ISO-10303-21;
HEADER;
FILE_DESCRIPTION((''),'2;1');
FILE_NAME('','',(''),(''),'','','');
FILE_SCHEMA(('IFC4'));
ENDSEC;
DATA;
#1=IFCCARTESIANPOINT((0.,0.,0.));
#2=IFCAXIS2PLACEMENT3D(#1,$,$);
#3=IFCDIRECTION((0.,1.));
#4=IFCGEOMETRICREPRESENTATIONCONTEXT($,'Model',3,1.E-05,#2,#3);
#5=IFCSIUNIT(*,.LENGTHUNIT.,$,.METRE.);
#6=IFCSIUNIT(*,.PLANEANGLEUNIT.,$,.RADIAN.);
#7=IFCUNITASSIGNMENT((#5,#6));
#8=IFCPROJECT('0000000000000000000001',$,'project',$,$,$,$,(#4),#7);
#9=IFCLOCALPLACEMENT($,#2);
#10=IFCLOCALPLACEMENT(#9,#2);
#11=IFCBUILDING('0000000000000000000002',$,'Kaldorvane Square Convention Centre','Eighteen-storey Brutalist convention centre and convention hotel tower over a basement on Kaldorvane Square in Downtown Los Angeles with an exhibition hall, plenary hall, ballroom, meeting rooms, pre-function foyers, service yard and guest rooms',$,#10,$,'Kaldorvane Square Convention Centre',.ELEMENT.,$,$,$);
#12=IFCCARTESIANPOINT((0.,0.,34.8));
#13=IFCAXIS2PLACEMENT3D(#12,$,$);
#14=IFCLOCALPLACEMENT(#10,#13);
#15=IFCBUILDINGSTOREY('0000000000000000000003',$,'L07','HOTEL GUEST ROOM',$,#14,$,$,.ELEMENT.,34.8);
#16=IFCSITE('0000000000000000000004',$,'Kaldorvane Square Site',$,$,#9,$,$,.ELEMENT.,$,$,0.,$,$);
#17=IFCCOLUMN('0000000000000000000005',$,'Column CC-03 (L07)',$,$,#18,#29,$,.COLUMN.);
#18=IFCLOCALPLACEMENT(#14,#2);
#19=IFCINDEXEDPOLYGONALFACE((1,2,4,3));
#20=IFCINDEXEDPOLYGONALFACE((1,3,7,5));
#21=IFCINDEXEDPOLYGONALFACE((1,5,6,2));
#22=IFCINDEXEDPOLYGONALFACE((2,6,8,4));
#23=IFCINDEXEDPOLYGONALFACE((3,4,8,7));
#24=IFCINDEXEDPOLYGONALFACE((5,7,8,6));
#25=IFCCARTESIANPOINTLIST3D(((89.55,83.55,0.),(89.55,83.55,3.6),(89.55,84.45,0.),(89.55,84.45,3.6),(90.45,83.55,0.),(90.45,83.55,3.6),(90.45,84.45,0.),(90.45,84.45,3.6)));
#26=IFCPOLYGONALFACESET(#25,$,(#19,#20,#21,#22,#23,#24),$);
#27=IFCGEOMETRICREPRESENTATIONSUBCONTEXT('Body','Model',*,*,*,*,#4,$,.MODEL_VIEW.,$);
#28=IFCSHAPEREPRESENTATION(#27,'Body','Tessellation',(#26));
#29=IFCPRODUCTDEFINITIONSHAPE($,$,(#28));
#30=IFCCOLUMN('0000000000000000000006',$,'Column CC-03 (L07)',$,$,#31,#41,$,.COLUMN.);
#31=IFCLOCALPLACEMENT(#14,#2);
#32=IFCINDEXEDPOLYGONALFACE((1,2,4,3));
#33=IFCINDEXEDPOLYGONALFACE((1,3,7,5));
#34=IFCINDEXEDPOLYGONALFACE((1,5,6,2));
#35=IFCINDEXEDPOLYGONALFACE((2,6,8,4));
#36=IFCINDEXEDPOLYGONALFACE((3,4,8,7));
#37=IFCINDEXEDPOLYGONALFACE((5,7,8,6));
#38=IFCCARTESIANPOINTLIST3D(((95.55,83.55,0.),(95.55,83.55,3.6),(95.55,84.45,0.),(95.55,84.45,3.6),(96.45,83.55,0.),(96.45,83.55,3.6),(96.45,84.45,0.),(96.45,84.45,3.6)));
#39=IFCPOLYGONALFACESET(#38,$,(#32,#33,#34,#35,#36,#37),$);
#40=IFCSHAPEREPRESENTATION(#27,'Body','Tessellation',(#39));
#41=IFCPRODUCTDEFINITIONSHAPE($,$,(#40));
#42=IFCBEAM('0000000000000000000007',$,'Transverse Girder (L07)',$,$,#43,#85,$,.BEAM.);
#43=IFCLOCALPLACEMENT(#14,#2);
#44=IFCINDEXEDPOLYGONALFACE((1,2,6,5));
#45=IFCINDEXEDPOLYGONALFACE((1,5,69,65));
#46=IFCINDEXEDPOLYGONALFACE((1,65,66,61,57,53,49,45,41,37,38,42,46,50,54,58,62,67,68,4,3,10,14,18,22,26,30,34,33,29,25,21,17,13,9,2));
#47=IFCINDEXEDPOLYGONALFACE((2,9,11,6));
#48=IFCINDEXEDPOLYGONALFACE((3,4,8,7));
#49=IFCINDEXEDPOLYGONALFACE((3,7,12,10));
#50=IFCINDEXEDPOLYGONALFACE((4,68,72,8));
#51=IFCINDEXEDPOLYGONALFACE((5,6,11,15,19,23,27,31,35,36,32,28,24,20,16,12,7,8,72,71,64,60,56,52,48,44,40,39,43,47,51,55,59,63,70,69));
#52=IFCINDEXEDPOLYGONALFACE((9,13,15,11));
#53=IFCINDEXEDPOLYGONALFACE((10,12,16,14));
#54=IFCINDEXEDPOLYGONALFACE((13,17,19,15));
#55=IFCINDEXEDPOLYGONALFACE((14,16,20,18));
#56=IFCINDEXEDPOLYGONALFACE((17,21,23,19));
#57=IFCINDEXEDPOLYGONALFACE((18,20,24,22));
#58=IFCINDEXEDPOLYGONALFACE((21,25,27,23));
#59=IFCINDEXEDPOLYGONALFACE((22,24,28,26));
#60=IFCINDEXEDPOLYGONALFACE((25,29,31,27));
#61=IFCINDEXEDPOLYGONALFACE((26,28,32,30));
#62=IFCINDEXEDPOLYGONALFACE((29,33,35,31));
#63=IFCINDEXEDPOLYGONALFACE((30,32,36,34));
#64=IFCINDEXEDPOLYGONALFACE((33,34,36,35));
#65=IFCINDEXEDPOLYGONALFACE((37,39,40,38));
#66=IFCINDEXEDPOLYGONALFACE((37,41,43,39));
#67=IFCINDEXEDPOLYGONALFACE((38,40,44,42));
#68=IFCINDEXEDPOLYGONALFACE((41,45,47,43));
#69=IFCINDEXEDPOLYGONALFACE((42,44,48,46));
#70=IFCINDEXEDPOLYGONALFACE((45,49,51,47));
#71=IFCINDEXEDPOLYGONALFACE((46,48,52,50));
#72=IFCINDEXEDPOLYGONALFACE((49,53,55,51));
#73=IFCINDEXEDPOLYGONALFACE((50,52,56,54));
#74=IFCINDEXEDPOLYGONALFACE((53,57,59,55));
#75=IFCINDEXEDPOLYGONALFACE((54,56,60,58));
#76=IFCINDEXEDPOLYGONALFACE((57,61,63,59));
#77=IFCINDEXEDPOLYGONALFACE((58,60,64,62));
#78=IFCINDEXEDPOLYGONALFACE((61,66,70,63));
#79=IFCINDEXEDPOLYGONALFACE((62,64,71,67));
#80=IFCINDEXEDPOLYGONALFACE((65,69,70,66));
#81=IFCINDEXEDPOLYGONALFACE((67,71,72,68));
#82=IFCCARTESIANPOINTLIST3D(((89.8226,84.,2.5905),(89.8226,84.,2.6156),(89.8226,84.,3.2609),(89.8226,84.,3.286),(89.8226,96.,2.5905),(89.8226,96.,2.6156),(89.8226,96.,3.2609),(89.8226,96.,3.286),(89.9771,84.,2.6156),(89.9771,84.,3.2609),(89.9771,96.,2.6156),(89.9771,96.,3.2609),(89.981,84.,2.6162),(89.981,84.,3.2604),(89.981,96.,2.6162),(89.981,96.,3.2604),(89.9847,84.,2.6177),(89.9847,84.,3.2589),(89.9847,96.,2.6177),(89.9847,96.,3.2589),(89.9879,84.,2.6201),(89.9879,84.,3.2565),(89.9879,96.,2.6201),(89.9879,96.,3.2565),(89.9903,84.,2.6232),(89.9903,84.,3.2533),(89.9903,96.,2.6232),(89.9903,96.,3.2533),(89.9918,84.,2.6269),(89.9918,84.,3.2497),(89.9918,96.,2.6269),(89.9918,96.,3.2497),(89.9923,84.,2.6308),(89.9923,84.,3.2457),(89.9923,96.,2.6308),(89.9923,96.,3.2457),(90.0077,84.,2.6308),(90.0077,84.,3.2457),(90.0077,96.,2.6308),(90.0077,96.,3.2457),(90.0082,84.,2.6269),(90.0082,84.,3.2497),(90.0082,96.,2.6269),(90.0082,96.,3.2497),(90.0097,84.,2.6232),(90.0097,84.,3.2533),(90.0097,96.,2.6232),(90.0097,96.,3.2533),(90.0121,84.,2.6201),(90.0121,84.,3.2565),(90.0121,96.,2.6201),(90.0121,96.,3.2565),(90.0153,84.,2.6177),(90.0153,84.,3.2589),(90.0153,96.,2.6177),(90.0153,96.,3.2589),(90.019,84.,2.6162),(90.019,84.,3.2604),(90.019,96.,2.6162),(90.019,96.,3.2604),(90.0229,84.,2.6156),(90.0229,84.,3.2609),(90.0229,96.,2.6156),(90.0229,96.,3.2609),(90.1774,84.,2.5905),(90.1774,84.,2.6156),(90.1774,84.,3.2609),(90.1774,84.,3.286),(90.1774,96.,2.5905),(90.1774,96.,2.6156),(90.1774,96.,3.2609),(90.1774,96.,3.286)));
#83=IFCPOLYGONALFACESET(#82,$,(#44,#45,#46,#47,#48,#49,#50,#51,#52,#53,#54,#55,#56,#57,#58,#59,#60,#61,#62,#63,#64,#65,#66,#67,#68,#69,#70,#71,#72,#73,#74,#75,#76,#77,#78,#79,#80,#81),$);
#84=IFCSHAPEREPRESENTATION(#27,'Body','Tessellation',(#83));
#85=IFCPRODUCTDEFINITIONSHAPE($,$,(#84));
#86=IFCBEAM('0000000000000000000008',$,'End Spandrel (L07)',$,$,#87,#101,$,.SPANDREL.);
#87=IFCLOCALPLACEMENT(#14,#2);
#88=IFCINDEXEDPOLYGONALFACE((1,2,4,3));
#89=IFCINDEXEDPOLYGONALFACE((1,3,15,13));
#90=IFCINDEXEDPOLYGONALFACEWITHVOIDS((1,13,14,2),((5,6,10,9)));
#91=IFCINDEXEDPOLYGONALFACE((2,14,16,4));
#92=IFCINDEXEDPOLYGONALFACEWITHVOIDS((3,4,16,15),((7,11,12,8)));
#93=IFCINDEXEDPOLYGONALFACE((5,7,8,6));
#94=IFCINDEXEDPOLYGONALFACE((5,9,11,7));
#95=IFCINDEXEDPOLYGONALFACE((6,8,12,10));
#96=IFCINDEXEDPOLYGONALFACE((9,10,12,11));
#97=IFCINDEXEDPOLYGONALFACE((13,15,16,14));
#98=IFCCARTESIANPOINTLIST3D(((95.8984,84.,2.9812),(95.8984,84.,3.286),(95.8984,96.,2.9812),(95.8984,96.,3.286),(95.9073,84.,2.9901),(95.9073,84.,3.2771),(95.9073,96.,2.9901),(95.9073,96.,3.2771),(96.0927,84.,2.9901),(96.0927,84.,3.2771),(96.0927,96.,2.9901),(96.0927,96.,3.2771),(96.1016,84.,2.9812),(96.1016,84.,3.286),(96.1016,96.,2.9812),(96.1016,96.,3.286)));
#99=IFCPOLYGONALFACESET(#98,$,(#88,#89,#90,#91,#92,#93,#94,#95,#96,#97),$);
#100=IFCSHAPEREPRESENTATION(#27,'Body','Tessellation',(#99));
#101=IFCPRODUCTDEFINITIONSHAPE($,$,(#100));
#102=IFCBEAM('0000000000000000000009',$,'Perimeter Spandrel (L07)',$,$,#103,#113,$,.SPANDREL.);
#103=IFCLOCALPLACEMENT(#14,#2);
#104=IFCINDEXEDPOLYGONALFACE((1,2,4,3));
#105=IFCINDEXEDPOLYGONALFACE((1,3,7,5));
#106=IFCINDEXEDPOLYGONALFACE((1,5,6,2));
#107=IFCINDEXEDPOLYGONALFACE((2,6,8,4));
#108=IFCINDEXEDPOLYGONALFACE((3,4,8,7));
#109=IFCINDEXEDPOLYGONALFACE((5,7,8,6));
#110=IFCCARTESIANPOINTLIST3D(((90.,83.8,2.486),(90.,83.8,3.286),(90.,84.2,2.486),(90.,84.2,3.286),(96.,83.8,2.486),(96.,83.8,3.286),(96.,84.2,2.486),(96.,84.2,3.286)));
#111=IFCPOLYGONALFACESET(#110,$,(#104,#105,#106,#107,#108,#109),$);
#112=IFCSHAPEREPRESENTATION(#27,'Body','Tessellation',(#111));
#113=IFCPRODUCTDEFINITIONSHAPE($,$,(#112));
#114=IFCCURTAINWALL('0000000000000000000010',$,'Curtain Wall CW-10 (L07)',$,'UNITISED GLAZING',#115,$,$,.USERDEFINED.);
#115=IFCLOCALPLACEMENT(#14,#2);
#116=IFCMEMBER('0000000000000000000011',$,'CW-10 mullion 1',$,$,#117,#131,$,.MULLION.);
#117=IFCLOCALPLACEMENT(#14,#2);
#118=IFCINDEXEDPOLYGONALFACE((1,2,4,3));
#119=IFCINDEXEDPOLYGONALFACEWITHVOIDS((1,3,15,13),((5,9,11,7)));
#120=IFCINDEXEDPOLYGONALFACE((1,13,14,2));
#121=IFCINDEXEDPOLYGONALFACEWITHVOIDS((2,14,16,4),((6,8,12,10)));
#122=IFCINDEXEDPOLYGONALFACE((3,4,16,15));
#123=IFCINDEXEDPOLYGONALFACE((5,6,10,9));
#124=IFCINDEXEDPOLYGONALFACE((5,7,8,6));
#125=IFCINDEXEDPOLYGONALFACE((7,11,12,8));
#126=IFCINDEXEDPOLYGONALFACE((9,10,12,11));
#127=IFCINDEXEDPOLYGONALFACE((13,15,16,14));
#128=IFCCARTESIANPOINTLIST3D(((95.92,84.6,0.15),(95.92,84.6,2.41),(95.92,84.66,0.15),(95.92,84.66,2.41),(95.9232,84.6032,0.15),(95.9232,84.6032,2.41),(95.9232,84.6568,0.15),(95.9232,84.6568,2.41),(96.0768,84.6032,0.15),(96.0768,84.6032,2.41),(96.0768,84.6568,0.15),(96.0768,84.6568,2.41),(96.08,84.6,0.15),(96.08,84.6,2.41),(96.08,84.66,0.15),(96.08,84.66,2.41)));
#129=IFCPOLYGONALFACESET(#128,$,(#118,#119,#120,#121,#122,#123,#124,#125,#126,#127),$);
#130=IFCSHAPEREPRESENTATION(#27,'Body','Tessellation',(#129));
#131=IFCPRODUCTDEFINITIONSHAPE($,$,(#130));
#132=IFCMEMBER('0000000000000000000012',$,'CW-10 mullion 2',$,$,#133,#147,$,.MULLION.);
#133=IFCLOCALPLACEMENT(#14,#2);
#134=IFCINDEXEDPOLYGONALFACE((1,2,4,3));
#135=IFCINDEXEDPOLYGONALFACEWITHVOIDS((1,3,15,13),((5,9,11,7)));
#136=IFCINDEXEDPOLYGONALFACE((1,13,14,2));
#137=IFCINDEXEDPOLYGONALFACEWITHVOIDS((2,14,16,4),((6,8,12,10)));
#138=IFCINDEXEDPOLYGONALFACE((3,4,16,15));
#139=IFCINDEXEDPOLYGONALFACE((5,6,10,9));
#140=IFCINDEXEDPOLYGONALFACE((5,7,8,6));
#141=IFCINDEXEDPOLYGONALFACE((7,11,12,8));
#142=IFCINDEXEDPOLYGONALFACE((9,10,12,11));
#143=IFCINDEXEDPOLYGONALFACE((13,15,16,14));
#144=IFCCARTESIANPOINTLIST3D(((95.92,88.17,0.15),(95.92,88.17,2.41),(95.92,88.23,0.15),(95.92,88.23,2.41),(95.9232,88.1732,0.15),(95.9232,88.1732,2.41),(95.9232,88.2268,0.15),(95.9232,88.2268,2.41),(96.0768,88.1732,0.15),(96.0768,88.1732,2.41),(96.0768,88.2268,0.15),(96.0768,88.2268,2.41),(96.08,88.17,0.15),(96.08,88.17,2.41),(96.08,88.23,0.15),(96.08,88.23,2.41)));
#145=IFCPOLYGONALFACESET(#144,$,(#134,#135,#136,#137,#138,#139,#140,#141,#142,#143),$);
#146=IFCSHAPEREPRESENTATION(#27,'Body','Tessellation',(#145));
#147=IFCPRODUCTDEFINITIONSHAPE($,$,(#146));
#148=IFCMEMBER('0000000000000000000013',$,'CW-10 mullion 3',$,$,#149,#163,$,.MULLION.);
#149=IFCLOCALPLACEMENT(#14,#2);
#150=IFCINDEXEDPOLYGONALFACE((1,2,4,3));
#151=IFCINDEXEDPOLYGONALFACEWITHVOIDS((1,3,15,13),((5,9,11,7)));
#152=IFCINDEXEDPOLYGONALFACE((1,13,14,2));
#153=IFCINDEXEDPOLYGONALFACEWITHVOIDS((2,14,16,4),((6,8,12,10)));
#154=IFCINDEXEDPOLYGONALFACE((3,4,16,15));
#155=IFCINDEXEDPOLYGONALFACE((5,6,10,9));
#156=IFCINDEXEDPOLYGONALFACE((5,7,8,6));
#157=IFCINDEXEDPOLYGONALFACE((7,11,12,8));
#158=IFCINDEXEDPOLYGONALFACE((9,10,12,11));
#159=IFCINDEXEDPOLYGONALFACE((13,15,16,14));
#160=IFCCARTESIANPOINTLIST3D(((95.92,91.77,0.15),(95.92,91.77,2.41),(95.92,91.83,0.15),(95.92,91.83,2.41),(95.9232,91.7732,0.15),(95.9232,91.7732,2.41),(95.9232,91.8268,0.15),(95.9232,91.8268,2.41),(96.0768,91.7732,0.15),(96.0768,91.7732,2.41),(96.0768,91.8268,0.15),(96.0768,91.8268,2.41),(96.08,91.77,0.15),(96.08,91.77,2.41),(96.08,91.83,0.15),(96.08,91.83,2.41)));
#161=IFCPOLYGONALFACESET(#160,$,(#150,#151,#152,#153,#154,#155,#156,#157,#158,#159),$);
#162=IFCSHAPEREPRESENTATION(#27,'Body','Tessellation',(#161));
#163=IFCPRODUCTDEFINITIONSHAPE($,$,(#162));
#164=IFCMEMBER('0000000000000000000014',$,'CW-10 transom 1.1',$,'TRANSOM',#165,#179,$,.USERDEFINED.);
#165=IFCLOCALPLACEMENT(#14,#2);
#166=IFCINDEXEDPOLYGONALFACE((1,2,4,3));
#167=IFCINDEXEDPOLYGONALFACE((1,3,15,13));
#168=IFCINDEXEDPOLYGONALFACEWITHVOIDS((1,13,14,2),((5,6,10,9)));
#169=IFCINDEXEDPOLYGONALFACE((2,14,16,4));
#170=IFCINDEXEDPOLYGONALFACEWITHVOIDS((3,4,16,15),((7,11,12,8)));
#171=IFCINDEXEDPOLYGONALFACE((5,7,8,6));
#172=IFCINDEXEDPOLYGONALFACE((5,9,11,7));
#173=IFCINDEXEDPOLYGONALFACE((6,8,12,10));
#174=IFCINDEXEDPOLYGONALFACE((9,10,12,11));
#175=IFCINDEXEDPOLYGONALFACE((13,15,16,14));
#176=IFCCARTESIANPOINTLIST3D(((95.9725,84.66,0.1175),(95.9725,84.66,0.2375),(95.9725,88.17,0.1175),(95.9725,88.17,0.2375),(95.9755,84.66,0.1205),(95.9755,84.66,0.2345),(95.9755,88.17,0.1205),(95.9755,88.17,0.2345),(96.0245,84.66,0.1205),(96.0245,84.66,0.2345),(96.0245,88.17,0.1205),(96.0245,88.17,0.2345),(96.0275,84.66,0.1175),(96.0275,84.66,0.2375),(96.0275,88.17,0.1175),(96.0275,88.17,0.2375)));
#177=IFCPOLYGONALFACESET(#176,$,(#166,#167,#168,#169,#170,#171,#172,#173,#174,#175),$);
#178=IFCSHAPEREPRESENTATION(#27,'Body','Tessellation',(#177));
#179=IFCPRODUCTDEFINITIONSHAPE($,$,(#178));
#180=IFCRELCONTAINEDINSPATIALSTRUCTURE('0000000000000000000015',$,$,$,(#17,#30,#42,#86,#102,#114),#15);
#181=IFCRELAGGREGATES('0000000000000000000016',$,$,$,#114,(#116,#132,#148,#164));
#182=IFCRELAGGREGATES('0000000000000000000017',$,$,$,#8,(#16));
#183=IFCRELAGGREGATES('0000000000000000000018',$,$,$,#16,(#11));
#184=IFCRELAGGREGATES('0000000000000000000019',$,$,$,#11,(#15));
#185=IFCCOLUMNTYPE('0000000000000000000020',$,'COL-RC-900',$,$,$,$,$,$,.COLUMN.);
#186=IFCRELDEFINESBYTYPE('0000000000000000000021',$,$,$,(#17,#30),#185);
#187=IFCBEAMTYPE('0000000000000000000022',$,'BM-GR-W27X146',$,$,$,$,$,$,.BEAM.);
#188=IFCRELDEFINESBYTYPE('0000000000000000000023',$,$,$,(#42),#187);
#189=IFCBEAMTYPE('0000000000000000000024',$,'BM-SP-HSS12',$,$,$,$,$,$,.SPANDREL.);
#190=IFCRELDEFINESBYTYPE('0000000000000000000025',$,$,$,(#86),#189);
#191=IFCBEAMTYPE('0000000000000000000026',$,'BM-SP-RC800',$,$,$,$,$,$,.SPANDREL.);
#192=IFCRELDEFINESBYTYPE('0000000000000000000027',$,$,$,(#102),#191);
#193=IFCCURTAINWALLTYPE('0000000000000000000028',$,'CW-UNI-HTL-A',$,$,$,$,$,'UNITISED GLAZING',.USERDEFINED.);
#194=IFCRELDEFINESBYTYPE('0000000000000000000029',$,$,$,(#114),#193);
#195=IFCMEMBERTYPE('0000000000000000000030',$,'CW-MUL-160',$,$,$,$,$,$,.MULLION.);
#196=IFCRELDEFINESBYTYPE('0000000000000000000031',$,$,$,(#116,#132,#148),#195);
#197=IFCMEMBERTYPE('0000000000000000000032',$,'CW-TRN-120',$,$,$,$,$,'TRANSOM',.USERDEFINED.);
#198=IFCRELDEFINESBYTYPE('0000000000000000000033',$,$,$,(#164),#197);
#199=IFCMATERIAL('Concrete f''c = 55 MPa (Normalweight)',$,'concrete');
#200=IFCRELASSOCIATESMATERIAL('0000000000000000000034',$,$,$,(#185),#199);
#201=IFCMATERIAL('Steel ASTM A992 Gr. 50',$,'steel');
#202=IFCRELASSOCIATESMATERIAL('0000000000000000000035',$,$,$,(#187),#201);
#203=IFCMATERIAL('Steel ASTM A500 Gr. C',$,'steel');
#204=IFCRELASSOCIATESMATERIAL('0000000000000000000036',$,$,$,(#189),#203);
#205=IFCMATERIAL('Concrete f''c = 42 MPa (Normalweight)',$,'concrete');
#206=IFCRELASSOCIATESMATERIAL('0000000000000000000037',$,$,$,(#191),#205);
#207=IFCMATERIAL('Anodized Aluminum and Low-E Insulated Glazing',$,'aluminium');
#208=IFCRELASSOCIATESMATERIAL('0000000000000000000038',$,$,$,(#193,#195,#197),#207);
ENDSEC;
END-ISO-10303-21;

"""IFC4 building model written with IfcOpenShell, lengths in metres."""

from ifc_helpers import new_model, si_unit, direction, frame, origin, origin_2d, place, context, subcontext, project, spatial, rectangle, hollow_rectangle, i_section, extrude, material, material_profile, profile_set, type_object, element, aggregate, save


model = new_model("IFC4")

# Units and contexts
model_context = context("Model", 3, precision=1e-05, world=origin(), true_north=direction((0.0, 1.0)))
body_context = subcontext(model_context, "Body", "Model", "MODEL_VIEW")
ifc_project = project(units=[si_unit("LENGTHUNIT", "METRE"), si_unit("PLANEANGLEUNIT", "RADIAN")], contexts=[model_context])

# Site, building, storey
site_placement = place(None, origin())
site = spatial("IfcSite", under=ifc_project, at=site_placement, Name="Kaldorvane Square Site", CompositionType="ELEMENT", RefElevation=0.0)
building_placement = place(site_placement, origin())
building = spatial("IfcBuilding", under=site, at=building_placement, Name="Kaldorvane Square Convention Centre", Description="Eighteen-storey Brutalist convention centre and convention hotel tower over a basement on Kaldorvane Square in Downtown Los Angeles with an exhibition hall, plenary hall, ballroom, meeting rooms, pre-function foyers, service yard and guest rooms", LongName="Kaldorvane Square Convention Centre", CompositionType="ELEMENT")
storey_placement = place(building_placement, frame((0.0, 0.0, 34.8)))
storey = spatial("IfcBuildingStorey", under=building, at=storey_placement, Name="L07", Description="HOTEL GUEST ROOM", CompositionType="ELEMENT", Elevation=34.8)

# Columns
ifc_material_1 = material(Name="Concrete f'c = 55 MPa (Normalweight)", Category="concrete")
ifc_material_profile_1 = material_profile(ifc_material_1, rectangle(XDim=0.9, YDim=0.9, at=origin_2d()), Name="RC900X900")
ifc_profile_set_1 = profile_set([ifc_material_profile_1], Name="Concrete f'c = 55 MPa (Normalweight)")
column_type = type_object("IfcColumnType", Name="COL-RC-900", PredefinedType="COLUMN", material=ifc_profile_set_1)
for number, where, z_axis, x_axis, name in (
    (1, (90.0, 84.0, 0.0), (0.0, 0.0, 1.0), (1.0, 0.0, 0.0), "Column CC-03 (L07)"),
    (2, (96.0, 84.0, 0.0), (0.0, 0.0, 1.0), (1.0, 0.0, 0.0), "Column CC-03 (L07)"),
):
    element("IfcColumn", number, at=place(storey_placement, frame(where, z_axis=z_axis, x_axis=x_axis)), inside=storey, type_object=column_type, Name=name, PredefinedType="COLUMN", context=body_context, shape_type="SweptSolid", body=[
        extrude(rectangle(XDim=0.9, YDim=0.9, at=origin_2d()), origin(), (0.0, 0.0, 1.0), 3.6),
    ])

# Beams
ifc_material_2 = material(Name="Steel ASTM A992 Gr. 50", Category="steel")
ifc_material_profile_2 = material_profile(ifc_material_2, i_section(OverallWidth=0.3547, OverallDepth=0.6955, WebThickness=0.0154, FlangeThickness=0.0251, FilletRadius=0.0152, at=origin_2d()), Name="W27X146")
ifc_profile_set_2 = profile_set([ifc_material_profile_2], Name="Steel ASTM A992 Gr. 50")
beam_type_1 = type_object("IfcBeamType", Name="BM-GR-W27X146", PredefinedType="BEAM", material=ifc_profile_set_2)
beam_1_placement = place(storey_placement, frame((90.0, 84.0, 2.9383), z_axis=(0.0, 1.0, 0.0), x_axis=(-1.0, 0.0, 0.0)))
element("IfcBeam", 3, at=beam_1_placement, inside=storey, type_object=beam_type_1, Name="Transverse Girder (L07)", PredefinedType="BEAM", context=body_context, shape_type="SweptSolid", body=[
    extrude(i_section(OverallWidth=0.3547, OverallDepth=0.6955, WebThickness=0.0154, FlangeThickness=0.0251, FilletRadius=0.0152, at=origin_2d()), origin(), (0.0, 0.0, 1.0), 12.0),
])
ifc_material_3 = material(Name="Steel ASTM A500 Gr. C", Category="steel")
ifc_material_profile_3 = material_profile(ifc_material_3, hollow_rectangle(XDim=0.2032, YDim=0.3048, WallThickness=0.0089, at=origin_2d()), Name="HSS12X8X3/8")
ifc_profile_set_3 = profile_set([ifc_material_profile_3], Name="Steel ASTM A500 Gr. C")
beam_type_2 = type_object("IfcBeamType", Name="BM-SP-HSS12", PredefinedType="SPANDREL", material=ifc_profile_set_3)
beam_2_placement = place(storey_placement, frame((96.0, 84.0, 3.1336), z_axis=(0.0, 1.0, 0.0), x_axis=(-1.0, 0.0, 0.0)))
element("IfcBeam", 4, at=beam_2_placement, inside=storey, type_object=beam_type_2, Name="End Spandrel (L07)", PredefinedType="SPANDREL", context=body_context, shape_type="SweptSolid", body=[
    extrude(hollow_rectangle(XDim=0.2032, YDim=0.3048, WallThickness=0.0089, at=origin_2d()), origin(), (0.0, 0.0, 1.0), 12.0),
])
ifc_material_4 = material(Name="Concrete f'c = 42 MPa (Normalweight)", Category="concrete")
ifc_material_profile_4 = material_profile(ifc_material_4, rectangle(XDim=0.4, YDim=0.8, at=origin_2d()), Name="RCSP800X400")
ifc_profile_set_4 = profile_set([ifc_material_profile_4], Name="Concrete f'c = 42 MPa (Normalweight)")
beam_type_3 = type_object("IfcBeamType", Name="BM-SP-RC800", PredefinedType="SPANDREL", material=ifc_profile_set_4)
beam_3_placement = place(storey_placement, frame((90.0, 84.0, 2.886), z_axis=(1.0, 0.0, 0.0), x_axis=(0.0, 1.0, 0.0)))
element("IfcBeam", 5, at=beam_3_placement, inside=storey, type_object=beam_type_3, Name="Perimeter Spandrel (L07)", PredefinedType="SPANDREL", context=body_context, shape_type="SweptSolid", body=[
    extrude(rectangle(XDim=0.4, YDim=0.8, at=origin_2d()), origin(), (0.0, 0.0, 1.0), 6.0),
])

# Curtain wall, members
ifc_material_5 = material(Name="Anodized Aluminum and Low-E Insulated Glazing", Category="aluminium")
curtain_wall_type = type_object("IfcCurtainWallType", Name="CW-UNI-HTL-A", ElementType="UNITISED GLAZING", PredefinedType="USERDEFINED", material=ifc_material_5)
curtain_wall_placement = place(storey_placement, origin())
curtain_wall = element("IfcCurtainWall", 6, at=curtain_wall_placement, inside=storey, type_object=curtain_wall_type, Name="Curtain Wall CW-10 (L07)", ObjectType="UNITISED GLAZING", PredefinedType="USERDEFINED")
ifc_material_profile_5 = material_profile(ifc_material_5, hollow_rectangle(XDim=0.06, YDim=0.16, WallThickness=0.0032, at=origin_2d()), Name="CWM-160X60")
ifc_profile_set_5 = profile_set([ifc_material_profile_5], Name="Anodized Aluminum and Low-E Insulated Glazing")
member_type_1 = type_object("IfcMemberType", Name="CW-MUL-160", PredefinedType="MULLION", material=ifc_profile_set_5)
member_1_placement = place(storey_placement, frame((96.0, 84.63, 0.15), z_axis=(0.0, 0.0, 1.0), x_axis=(0.0, 1.0, 0.0)))
member_1 = element("IfcMember", 7, at=member_1_placement, type_object=member_type_1, Name="CW-10 mullion 1", PredefinedType="MULLION", context=body_context, shape_type="SweptSolid", body=[
    extrude(hollow_rectangle(XDim=0.06, YDim=0.16, WallThickness=0.0032, at=origin_2d()), origin(), (0.0, 0.0, 1.0), 2.26),
])
member_2_placement = place(storey_placement, frame((96.0, 88.2, 0.15), z_axis=(0.0, 0.0, 1.0), x_axis=(0.0, 1.0, 0.0)))
member_2 = element("IfcMember", 8, at=member_2_placement, type_object=member_type_1, Name="CW-10 mullion 2", PredefinedType="MULLION", context=body_context, shape_type="SweptSolid", body=[
    extrude(hollow_rectangle(XDim=0.06, YDim=0.16, WallThickness=0.0032, at=origin_2d()), origin(), (0.0, 0.0, 1.0), 2.26),
])
member_3_placement = place(storey_placement, frame((96.0, 91.8, 0.15), z_axis=(0.0, 0.0, 1.0), x_axis=(0.0, 1.0, 0.0)))
member_3 = element("IfcMember", 9, at=member_3_placement, type_object=member_type_1, Name="CW-10 mullion 3", PredefinedType="MULLION", context=body_context, shape_type="SweptSolid", body=[
    extrude(hollow_rectangle(XDim=0.06, YDim=0.16, WallThickness=0.0032, at=origin_2d()), origin(), (0.0, 0.0, 1.0), 2.26),
])
ifc_material_profile_6 = material_profile(ifc_material_5, hollow_rectangle(XDim=0.055, YDim=0.12, WallThickness=0.003, at=origin_2d()), Name="CWT-120X55")
ifc_profile_set_6 = profile_set([ifc_material_profile_6], Name="Anodized Aluminum and Low-E Insulated Glazing")
member_type_2 = type_object("IfcMemberType", Name="CW-TRN-120", ElementType="TRANSOM", PredefinedType="USERDEFINED", material=ifc_profile_set_6)
member_4_placement = place(storey_placement, frame((96.0, 84.66, 0.1775), z_axis=(0.0, 1.0, 0.0), x_axis=(-1.0, 0.0, 0.0)))
member_4 = element("IfcMember", 10, at=member_4_placement, type_object=member_type_2, Name="CW-10 transom 1.1", ObjectType="TRANSOM", PredefinedType="USERDEFINED", context=body_context, shape_type="SweptSolid", body=[
    extrude(hollow_rectangle(XDim=0.055, YDim=0.12, WallThickness=0.003, at=origin_2d()), origin(), (0.0, 0.0, 1.0), 3.51),
])
aggregate(curtain_wall, [member_1, member_2, member_3, member_4])

save(model, "model.ifc")
